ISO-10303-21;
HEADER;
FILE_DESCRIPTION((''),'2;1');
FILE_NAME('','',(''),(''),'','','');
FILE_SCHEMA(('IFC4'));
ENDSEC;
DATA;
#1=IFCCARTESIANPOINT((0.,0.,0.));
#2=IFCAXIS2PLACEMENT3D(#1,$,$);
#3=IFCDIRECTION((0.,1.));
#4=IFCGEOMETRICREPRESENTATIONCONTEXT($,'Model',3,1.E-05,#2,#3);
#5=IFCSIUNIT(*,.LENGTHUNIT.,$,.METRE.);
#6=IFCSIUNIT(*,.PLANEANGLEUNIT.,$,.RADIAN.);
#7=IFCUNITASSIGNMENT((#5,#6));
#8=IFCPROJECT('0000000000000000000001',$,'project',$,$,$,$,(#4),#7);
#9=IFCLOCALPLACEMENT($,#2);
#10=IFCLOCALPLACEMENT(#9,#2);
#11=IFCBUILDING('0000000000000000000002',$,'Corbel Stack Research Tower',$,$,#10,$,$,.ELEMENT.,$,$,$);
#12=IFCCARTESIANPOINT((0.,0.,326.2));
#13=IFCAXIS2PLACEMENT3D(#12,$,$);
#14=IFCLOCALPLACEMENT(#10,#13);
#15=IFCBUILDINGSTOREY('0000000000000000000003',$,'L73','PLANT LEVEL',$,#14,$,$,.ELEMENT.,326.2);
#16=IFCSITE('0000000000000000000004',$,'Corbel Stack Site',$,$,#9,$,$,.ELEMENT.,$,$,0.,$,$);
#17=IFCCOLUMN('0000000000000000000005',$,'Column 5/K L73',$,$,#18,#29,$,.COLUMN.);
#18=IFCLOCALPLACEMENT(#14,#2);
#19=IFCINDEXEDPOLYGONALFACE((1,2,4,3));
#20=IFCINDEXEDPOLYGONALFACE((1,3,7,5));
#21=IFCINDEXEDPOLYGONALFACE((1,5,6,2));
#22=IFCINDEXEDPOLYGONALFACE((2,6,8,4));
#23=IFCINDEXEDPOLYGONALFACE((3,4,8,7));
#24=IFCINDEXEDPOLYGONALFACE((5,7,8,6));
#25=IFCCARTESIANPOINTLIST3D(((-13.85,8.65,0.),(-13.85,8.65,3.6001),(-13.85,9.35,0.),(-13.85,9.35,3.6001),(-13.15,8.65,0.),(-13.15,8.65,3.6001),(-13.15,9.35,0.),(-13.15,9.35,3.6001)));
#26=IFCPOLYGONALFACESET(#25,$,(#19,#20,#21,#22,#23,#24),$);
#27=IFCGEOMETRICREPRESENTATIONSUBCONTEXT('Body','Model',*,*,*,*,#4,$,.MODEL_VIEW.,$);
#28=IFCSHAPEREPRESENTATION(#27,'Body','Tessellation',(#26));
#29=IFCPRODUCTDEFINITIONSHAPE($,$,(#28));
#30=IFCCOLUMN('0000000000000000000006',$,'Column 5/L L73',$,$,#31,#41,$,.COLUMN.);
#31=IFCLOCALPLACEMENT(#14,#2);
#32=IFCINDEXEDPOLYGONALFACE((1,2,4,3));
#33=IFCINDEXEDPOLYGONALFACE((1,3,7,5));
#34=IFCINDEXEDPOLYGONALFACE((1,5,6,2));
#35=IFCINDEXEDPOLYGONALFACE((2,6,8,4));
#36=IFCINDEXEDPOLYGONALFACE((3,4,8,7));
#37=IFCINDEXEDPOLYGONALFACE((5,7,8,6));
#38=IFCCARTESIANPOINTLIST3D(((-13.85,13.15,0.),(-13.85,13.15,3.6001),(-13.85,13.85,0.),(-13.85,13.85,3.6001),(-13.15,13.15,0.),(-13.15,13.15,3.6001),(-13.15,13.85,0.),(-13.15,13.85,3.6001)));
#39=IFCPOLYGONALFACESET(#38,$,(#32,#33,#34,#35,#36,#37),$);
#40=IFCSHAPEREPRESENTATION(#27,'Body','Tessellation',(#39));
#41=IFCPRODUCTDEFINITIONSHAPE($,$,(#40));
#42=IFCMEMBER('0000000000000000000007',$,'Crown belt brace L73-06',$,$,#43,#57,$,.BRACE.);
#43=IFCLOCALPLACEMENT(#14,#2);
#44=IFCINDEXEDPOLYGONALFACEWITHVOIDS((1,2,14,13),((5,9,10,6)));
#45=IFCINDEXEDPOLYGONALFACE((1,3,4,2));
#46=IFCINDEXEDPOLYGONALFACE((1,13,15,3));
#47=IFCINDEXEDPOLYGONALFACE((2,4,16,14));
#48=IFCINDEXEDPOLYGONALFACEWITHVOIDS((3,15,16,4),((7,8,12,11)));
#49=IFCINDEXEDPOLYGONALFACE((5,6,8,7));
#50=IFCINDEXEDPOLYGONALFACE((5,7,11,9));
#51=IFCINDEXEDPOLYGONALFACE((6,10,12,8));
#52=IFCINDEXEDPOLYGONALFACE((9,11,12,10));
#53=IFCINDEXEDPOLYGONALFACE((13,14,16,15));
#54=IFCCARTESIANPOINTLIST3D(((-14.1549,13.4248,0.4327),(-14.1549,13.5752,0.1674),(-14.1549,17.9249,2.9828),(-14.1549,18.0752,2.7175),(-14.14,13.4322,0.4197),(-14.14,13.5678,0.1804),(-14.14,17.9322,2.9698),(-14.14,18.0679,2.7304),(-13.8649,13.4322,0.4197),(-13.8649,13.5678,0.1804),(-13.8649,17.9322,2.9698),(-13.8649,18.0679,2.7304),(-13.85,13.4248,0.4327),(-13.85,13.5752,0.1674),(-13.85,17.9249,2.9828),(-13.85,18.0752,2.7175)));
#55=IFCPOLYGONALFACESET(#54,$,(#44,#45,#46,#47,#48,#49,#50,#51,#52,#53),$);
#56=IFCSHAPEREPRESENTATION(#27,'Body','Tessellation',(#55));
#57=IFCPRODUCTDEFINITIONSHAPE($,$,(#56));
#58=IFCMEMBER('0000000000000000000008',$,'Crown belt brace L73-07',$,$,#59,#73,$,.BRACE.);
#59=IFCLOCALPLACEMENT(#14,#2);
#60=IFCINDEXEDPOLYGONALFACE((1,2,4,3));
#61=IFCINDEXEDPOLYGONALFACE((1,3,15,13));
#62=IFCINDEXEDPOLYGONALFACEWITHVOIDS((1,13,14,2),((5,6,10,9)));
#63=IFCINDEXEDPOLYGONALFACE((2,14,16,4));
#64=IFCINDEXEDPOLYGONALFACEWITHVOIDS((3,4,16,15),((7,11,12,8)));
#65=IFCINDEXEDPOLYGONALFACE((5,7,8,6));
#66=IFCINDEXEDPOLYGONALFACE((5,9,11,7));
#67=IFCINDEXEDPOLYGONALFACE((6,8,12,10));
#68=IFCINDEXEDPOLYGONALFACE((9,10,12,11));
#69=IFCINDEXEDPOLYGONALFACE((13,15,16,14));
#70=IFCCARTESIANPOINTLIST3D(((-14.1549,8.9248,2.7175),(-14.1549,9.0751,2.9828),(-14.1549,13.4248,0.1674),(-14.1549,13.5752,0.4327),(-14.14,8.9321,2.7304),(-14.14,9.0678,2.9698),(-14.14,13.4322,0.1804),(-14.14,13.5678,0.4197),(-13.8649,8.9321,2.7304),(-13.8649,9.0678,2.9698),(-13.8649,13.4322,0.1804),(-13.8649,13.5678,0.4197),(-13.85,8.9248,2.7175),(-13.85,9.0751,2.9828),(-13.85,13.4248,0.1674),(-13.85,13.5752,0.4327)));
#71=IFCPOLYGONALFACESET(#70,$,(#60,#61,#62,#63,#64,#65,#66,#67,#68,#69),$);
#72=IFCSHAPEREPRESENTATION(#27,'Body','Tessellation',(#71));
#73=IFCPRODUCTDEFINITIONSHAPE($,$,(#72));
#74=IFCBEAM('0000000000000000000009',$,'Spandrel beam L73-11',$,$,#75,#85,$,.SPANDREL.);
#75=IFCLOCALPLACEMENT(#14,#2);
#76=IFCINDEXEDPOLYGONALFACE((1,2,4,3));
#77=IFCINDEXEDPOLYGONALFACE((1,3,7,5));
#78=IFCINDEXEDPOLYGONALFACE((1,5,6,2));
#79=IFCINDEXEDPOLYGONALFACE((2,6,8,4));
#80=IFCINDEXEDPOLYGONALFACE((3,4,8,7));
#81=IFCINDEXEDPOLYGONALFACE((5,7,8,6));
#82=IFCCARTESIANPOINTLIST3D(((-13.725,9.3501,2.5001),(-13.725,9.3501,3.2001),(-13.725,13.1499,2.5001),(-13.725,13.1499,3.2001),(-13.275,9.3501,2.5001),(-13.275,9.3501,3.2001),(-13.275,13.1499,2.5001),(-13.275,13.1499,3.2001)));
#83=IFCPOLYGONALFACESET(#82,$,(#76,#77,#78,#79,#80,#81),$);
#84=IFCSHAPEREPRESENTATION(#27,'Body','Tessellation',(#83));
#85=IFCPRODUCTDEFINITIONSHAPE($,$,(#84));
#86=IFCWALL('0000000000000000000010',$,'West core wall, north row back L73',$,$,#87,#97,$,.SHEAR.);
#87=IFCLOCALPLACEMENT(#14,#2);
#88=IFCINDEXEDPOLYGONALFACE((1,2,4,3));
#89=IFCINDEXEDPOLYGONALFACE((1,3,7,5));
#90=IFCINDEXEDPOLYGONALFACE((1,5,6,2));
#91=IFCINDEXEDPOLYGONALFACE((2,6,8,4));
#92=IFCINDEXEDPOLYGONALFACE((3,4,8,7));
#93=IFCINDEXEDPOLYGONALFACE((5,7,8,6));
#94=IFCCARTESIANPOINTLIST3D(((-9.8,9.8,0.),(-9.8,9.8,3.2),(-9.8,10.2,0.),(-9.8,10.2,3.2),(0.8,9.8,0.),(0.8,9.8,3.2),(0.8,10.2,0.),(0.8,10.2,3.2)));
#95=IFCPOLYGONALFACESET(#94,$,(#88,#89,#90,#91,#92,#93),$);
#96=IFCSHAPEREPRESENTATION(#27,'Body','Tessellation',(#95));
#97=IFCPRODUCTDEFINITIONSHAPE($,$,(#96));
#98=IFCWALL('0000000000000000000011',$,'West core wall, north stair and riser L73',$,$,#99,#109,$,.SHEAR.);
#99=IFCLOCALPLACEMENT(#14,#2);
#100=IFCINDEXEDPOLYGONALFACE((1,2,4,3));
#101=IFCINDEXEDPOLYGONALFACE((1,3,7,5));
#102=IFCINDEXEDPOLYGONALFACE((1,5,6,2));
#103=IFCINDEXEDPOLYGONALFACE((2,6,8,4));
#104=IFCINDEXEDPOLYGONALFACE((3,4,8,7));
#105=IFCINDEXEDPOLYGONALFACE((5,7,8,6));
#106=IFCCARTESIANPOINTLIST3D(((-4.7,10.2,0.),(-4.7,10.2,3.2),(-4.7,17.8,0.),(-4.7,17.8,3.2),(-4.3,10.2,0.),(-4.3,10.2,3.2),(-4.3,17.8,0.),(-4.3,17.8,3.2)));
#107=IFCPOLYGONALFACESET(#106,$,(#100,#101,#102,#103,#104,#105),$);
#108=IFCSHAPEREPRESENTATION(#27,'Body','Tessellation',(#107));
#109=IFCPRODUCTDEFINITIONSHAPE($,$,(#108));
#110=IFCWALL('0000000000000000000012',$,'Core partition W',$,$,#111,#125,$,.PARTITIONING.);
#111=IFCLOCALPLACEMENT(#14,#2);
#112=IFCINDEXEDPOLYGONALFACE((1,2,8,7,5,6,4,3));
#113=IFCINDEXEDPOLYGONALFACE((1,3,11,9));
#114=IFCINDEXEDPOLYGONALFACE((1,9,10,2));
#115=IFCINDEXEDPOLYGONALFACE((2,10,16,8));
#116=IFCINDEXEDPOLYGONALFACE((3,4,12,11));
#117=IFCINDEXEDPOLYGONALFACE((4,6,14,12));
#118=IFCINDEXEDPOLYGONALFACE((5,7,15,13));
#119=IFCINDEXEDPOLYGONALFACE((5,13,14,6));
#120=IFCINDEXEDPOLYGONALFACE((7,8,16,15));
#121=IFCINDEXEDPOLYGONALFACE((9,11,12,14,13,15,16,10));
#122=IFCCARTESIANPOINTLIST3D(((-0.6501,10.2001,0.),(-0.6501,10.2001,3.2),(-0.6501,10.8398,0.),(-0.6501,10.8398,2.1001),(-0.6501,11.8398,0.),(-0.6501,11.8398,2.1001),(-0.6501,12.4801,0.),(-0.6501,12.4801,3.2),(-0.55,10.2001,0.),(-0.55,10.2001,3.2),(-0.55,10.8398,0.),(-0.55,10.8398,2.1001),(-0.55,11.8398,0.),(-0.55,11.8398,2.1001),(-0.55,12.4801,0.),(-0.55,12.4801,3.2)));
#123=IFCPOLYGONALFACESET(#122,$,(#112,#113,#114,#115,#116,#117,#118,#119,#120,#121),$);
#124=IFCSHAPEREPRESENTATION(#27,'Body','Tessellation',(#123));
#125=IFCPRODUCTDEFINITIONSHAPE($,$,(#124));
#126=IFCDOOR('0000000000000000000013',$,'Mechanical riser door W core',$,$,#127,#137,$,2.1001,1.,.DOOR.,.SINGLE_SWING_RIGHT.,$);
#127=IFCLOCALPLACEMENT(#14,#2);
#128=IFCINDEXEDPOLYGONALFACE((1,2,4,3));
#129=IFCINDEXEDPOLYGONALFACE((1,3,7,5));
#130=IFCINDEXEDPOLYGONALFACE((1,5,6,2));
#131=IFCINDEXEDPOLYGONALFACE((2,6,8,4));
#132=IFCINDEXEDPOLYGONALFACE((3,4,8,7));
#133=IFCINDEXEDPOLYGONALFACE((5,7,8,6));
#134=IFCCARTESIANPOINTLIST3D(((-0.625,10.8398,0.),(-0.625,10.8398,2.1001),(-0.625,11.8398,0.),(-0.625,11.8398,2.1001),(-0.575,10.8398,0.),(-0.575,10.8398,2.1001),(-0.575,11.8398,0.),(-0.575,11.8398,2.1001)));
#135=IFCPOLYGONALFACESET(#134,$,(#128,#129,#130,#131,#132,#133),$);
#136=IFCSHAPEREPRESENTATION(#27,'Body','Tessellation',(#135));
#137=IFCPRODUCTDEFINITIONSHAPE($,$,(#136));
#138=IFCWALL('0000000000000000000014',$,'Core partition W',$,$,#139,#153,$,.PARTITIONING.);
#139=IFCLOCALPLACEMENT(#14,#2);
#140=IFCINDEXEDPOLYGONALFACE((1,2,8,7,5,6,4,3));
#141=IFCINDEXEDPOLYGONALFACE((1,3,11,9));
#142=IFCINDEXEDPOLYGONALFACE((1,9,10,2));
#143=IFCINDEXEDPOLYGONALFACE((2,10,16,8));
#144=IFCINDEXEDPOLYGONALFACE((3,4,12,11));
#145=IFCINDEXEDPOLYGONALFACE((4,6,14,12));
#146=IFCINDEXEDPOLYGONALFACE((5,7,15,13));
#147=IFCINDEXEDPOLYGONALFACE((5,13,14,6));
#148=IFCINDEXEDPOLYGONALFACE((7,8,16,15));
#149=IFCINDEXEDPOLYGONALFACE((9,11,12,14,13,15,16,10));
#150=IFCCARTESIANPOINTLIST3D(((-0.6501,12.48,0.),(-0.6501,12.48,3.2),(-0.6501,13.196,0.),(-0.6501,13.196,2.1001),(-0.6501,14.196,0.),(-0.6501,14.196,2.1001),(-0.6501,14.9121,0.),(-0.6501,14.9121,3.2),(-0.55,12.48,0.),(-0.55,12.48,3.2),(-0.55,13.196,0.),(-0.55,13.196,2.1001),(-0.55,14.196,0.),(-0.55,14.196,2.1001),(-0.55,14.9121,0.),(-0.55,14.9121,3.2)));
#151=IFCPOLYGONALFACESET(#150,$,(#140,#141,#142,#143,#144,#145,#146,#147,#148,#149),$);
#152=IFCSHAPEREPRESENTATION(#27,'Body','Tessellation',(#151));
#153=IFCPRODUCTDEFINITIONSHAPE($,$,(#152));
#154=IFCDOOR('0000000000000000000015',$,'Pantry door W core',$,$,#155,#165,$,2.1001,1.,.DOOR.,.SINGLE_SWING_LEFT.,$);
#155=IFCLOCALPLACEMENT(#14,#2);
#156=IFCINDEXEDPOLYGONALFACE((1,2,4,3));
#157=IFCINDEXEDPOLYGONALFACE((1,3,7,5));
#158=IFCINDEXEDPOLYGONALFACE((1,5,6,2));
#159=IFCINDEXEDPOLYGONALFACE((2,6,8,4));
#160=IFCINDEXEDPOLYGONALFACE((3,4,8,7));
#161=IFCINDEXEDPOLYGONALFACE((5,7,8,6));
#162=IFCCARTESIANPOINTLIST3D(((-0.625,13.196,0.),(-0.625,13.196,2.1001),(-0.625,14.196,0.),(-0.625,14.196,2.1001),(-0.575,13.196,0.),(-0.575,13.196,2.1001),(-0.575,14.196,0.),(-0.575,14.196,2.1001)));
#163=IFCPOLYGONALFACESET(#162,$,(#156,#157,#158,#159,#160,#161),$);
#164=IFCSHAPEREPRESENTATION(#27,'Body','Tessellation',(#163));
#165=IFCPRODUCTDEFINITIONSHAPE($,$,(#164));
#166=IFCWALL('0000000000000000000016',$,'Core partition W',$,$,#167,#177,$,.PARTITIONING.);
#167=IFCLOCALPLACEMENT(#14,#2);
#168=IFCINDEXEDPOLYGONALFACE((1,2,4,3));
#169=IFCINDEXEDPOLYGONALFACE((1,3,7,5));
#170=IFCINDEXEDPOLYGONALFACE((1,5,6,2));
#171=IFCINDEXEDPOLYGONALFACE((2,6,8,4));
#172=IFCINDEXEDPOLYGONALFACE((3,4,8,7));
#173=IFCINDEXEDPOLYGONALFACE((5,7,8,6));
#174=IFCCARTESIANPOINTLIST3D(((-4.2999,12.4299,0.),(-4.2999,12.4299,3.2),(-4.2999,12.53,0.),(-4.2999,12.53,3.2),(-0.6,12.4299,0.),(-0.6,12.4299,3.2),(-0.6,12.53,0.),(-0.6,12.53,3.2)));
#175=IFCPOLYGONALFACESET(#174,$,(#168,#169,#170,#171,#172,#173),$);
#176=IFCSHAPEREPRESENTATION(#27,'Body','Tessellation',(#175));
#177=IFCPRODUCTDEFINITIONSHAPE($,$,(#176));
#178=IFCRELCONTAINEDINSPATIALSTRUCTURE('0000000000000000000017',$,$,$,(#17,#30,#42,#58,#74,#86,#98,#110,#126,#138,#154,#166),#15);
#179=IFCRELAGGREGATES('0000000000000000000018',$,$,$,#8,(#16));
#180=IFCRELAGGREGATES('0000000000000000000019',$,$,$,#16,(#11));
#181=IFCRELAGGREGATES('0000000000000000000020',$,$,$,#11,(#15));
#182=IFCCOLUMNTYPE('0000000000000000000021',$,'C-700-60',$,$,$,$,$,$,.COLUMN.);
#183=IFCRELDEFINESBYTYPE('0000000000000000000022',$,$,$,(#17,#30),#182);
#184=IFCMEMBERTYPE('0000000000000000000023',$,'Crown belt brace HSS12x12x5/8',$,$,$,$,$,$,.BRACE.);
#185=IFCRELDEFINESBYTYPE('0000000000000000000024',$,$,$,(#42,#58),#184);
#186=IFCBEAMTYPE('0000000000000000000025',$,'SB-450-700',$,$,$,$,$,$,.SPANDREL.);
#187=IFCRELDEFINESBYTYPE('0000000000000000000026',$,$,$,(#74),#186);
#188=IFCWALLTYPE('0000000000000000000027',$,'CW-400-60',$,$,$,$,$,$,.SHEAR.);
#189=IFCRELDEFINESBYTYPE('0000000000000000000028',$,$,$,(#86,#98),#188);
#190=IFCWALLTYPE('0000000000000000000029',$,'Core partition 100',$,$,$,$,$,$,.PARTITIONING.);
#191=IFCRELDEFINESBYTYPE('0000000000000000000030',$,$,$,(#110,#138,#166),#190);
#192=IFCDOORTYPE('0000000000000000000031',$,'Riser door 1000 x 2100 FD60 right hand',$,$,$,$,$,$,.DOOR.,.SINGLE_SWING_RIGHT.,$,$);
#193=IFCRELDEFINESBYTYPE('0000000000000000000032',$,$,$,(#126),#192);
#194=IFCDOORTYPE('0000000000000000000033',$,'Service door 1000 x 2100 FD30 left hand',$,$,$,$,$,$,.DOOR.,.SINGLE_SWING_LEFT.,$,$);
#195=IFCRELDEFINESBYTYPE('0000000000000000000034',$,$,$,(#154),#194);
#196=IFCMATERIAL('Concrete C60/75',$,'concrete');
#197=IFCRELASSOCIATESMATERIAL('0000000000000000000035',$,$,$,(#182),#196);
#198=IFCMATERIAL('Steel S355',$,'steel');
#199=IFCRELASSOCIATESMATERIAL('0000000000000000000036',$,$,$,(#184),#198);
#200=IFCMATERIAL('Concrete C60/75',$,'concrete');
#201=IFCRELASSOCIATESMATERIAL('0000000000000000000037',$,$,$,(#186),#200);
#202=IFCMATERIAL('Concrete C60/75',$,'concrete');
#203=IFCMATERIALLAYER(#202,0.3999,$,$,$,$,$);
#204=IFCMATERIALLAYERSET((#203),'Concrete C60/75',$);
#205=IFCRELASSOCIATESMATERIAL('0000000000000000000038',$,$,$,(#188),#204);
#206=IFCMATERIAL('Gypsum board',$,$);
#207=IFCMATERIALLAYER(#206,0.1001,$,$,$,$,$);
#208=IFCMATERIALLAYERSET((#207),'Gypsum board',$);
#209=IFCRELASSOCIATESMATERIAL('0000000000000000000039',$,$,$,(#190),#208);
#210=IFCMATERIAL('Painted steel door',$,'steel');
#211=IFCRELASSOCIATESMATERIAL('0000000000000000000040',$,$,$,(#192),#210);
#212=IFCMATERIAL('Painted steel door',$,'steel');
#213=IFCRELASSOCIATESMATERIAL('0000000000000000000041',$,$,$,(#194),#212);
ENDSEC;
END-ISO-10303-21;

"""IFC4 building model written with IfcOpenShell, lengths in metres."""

from ifc_helpers import new_model, si_unit, direction, frame, frame_2d, origin, origin_2d, place, context, subcontext, project, spatial, rectangle, hollow_rectangle, extrude, material, layer, layer_set, material_profile, profile_set, type_object, element, fill, save


model = new_model("IFC4")

# Units and contexts
model_context = context("Model", 3, precision=1e-05, world=origin(), true_north=direction((0.0, 1.0)))
body_context = subcontext(model_context, "Body", "Model", "MODEL_VIEW")
ifc_project = project(units=[si_unit("LENGTHUNIT", "METRE"), si_unit("PLANEANGLEUNIT", "RADIAN")], contexts=[model_context])

# Site, building, storey
site_placement = place(None, origin())
site = spatial("IfcSite", under=ifc_project, at=site_placement, Name="Corbel Stack Site", CompositionType="ELEMENT", RefElevation=0.0)
building_placement = place(site_placement, origin())
building = spatial("IfcBuilding", under=site, at=building_placement, Name="Corbel Stack Research Tower", CompositionType="ELEMENT")
storey_placement = place(building_placement, frame((0.0, 0.0, 326.2)))
storey = spatial("IfcBuildingStorey", under=building, at=storey_placement, Name="L73", Description="PLANT LEVEL", CompositionType="ELEMENT", Elevation=326.2)

# Columns
ifc_material_1 = material(Name="Concrete C60/75", Category="concrete")
ifc_material_profile_1 = material_profile(ifc_material_1, rectangle(XDim=0.7, YDim=0.7, at=origin_2d()), Name="RC 700 x 700")
ifc_profile_set_1 = profile_set([ifc_material_profile_1], Name="Concrete C60/75")
column_type = type_object("IfcColumnType", Name="C-700-60", PredefinedType="COLUMN", material=ifc_profile_set_1)
for number, where, z_axis, x_axis, name in (
    (1, (-13.5, 9.0, 0.0), (0.0, 0.0, 1.0), (1.0, 0.0, 0.0), "Column 5/K L73"),
    (2, (-13.5, 13.5, 0.0), (0.0, 0.0, 1.0), (1.0, 0.0, 0.0), "Column 5/L L73"),
):
    element("IfcColumn", number, at=place(storey_placement, frame(where, z_axis=z_axis, x_axis=x_axis)), inside=storey, type_object=column_type, Name=name, PredefinedType="COLUMN", context=body_context, shape_type="SweptSolid", body=[
        extrude(rectangle(XDim=0.7, YDim=0.7, at=origin_2d()), origin(), (0.0, 0.0, 1.0), 3.6001),
    ])

# Members
ifc_material_2 = material(Name="Steel S355", Category="steel")
ifc_material_profile_2 = material_profile(ifc_material_2, hollow_rectangle(XDim=0.3049, YDim=0.3049, WallThickness=0.0149, at=origin_2d()), Name="HSS12x12x5/8")
ifc_profile_set_2 = profile_set([ifc_material_profile_2], Name="Steel S355")
member_type = type_object("IfcMemberType", Name="Crown belt brace HSS12x12x5/8", PredefinedType="BRACE", material=ifc_profile_set_2)
for number, where, z_axis, x_axis, name in (
    (3, (-14.0024, 13.5, 0.3), (0.0, 0.870018, 0.49302), (-1.0, 0.0, 0.0), "Crown belt brace L73-06"),
    (4, (-14.0024, 13.5, 0.3), (0.0, -0.870018, 0.49302), (1.0, 0.0, 0.0), "Crown belt brace L73-07"),
):
    element("IfcMember", number, at=place(storey_placement, frame(where, z_axis=z_axis, x_axis=x_axis)), inside=storey, type_object=member_type, Name=name, PredefinedType="BRACE", context=body_context, shape_type="SweptSolid", body=[
        extrude(hollow_rectangle(XDim=0.3049, YDim=0.3049, WallThickness=0.0149, at=origin_2d()), origin(), (0.0, 0.0, 1.0), 5.1724),
    ])

# Beam
ifc_material_3 = material(Name="Concrete C60/75", Category="concrete")
ifc_material_profile_3 = material_profile(ifc_material_3, rectangle(XDim=0.45, YDim=0.7, at=origin_2d()), Name="RC 450 x 700")
ifc_profile_set_3 = profile_set([ifc_material_profile_3], Name="Concrete C60/75")
beam_type = type_object("IfcBeamType", Name="SB-450-700", PredefinedType="SPANDREL", material=ifc_profile_set_3)
beam_placement = place(storey_placement, frame((-13.5, 13.1499, 2.8501), z_axis=(0.0, -1.0, 0.0), x_axis=(1.0, 0.0, 0.0)))
element("IfcBeam", 5, at=beam_placement, inside=storey, type_object=beam_type, Name="Spandrel beam L73-11", PredefinedType="SPANDREL", context=body_context, shape_type="SweptSolid", body=[
    extrude(rectangle(XDim=0.45, YDim=0.7, at=origin_2d()), origin(), (0.0, 0.0, 1.0), 3.7998),
])

# Walls
ifc_material_4 = material(Name="Concrete C60/75", Category="concrete")
ifc_layer_1 = layer(ifc_material_4, 0.3999)
ifc_layer_set_1 = layer_set([ifc_layer_1], Name="Concrete C60/75")
wall_type_1 = type_object("IfcWallType", Name="CW-400-60", PredefinedType="SHEAR", material=ifc_layer_set_1)
wall_1_placement = place(storey_placement, frame((-9.8, 10.0, 0.0), z_axis=(0.0, 0.0, 1.0), x_axis=(1.0, 0.0, 0.0)))
element("IfcWall", 6, at=wall_1_placement, inside=storey, type_object=wall_type_1, Name="West core wall, north row back L73", PredefinedType="SHEAR", context=body_context, shape_type="SweptSolid", body=[
    extrude(rectangle(XDim=10.6001, YDim=0.3999, at=frame_2d((5.3, 0.0))), origin(), (0.0, 0.0, 1.0), 3.2),
])
wall_2_placement = place(storey_placement, frame((-4.5, 10.2, 0.0), z_axis=(0.0, 0.0, 1.0), x_axis=(0.0, 1.0, 0.0)))
element("IfcWall", 7, at=wall_2_placement, inside=storey, type_object=wall_type_1, Name="West core wall, north stair and riser L73", PredefinedType="SHEAR", context=body_context, shape_type="SweptSolid", body=[
    extrude(rectangle(XDim=7.6001, YDim=0.3999, at=frame_2d((3.8, 0.0))), origin(), (0.0, 0.0, 1.0), 3.2),
])

# Walls, openings, doors
ifc_material_5 = material(Name="Gypsum board")
ifc_layer_2 = layer(ifc_material_5, 0.1001)
ifc_layer_set_2 = layer_set([ifc_layer_2], Name="Gypsum board")
wall_type_2 = type_object("IfcWallType", Name="Core partition 100", PredefinedType="PARTITIONING", material=ifc_layer_set_2)
wall_3_placement = place(storey_placement, frame((-0.6001, 10.2, 0.0), z_axis=(0.0, 0.0, 1.0), x_axis=(0.0, 1.0, 0.0)))
wall_3 = element("IfcWall", 8, at=wall_3_placement, inside=storey, type_object=wall_type_2, Name="Core partition W", PredefinedType="PARTITIONING", context=body_context, shape_type="SweptSolid", body=[
    extrude(rectangle(XDim=2.28, YDim=0.1001, at=frame_2d((1.1401, 0.0))), origin(), (0.0, 0.0, 1.0), 3.2),
])
opening_1_placement = place(wall_3_placement, frame((0.6399, 0.0, 0.0)))
opening_1 = element("IfcOpeningElement", 9, at=opening_1_placement, cuts=wall_3, PredefinedType="OPENING", context=body_context, shape_type="SweptSolid", body=[
    extrude(rectangle(XDim=1.0, YDim=2.1001, at=frame_2d((0.5, 1.05))), frame((0.0, 0.0601, 0.0), z_axis=(0.0, -1.0, 0.0), x_axis=(1.0, 0.0, 0.0)), (0.0, 0.0, 1.0), 0.1201),
])
ifc_material_6 = material(Name="Painted steel door", Category="steel")
door_type_1 = type_object("IfcDoorType", Name="Riser door 1000 x 2100 FD60 right hand", OperationType="SINGLE_SWING_RIGHT", PredefinedType="DOOR", material=ifc_material_6)
door_1_placement = place(opening_1_placement, origin())
door_1 = element("IfcDoor", 10, at=door_1_placement, inside=storey, type_object=door_type_1, Name="Mechanical riser door W core", OperationType="SINGLE_SWING_RIGHT", OverallHeight=2.1001, OverallWidth=1.0, PredefinedType="DOOR", context=body_context, shape_type="SweptSolid", body=[
    extrude(rectangle(XDim=1.0, YDim=2.1001, at=frame_2d((0.5, 1.05))), frame((0.0, 0.0249, 0.0), z_axis=(0.0, -1.0, 0.0), x_axis=(1.0, 0.0, 0.0)), (0.0, 0.0, 1.0), 0.05),
])
fill(opening_1, door_1)
wall_4_placement = place(storey_placement, frame((-0.6001, 12.48, 0.0), z_axis=(0.0, 0.0, 1.0), x_axis=(0.0, 1.0, 0.0)))
wall_4 = element("IfcWall", 11, at=wall_4_placement, inside=storey, type_object=wall_type_2, Name="Core partition W", PredefinedType="PARTITIONING", context=body_context, shape_type="SweptSolid", body=[
    extrude(rectangle(XDim=2.4321, YDim=0.1001, at=frame_2d((1.2161, 0.0))), origin(), (0.0, 0.0, 1.0), 3.2),
])
opening_2_placement = place(wall_4_placement, frame((0.7161, 0.0, 0.0)))
opening_2 = element("IfcOpeningElement", 12, at=opening_2_placement, cuts=wall_4, PredefinedType="OPENING", context=body_context, shape_type="SweptSolid", body=[
    extrude(rectangle(XDim=1.0, YDim=2.1001, at=frame_2d((0.5, 1.05))), frame((0.0, 0.0601, 0.0), z_axis=(0.0, -1.0, 0.0), x_axis=(1.0, 0.0, 0.0)), (0.0, 0.0, 1.0), 0.1201),
])
ifc_material_7 = material(Name="Painted steel door", Category="steel")
door_type_2 = type_object("IfcDoorType", Name="Service door 1000 x 2100 FD30 left hand", OperationType="SINGLE_SWING_LEFT", PredefinedType="DOOR", material=ifc_material_7)
door_2_placement = place(opening_2_placement, origin())
door_2 = element("IfcDoor", 13, at=door_2_placement, inside=storey, type_object=door_type_2, Name="Pantry door W core", OperationType="SINGLE_SWING_LEFT", OverallHeight=2.1001, OverallWidth=1.0, PredefinedType="DOOR", context=body_context, shape_type="SweptSolid", body=[
    extrude(rectangle(XDim=1.0, YDim=2.1001, at=frame_2d((0.5, 1.05))), frame((0.0, 0.0249, 0.0), z_axis=(0.0, -1.0, 0.0), x_axis=(1.0, 0.0, 0.0)), (0.0, 0.0, 1.0), 0.05),
])
fill(opening_2, door_2)

# Wall
wall_5_placement = place(storey_placement, frame((-4.3, 12.48, 0.0), z_axis=(0.0, 0.0, 1.0), x_axis=(1.0, 0.0, 0.0)))
element("IfcWall", 14, at=wall_5_placement, inside=storey, type_object=wall_type_2, Name="Core partition W", PredefinedType="PARTITIONING", context=body_context, shape_type="SweptSolid", body=[
    extrude(rectangle(XDim=3.7, YDim=0.1001, at=frame_2d((1.8501, 0.0))), origin(), (0.0, 0.0, 1.0), 3.2),
])

save(model, "model.ifc")
